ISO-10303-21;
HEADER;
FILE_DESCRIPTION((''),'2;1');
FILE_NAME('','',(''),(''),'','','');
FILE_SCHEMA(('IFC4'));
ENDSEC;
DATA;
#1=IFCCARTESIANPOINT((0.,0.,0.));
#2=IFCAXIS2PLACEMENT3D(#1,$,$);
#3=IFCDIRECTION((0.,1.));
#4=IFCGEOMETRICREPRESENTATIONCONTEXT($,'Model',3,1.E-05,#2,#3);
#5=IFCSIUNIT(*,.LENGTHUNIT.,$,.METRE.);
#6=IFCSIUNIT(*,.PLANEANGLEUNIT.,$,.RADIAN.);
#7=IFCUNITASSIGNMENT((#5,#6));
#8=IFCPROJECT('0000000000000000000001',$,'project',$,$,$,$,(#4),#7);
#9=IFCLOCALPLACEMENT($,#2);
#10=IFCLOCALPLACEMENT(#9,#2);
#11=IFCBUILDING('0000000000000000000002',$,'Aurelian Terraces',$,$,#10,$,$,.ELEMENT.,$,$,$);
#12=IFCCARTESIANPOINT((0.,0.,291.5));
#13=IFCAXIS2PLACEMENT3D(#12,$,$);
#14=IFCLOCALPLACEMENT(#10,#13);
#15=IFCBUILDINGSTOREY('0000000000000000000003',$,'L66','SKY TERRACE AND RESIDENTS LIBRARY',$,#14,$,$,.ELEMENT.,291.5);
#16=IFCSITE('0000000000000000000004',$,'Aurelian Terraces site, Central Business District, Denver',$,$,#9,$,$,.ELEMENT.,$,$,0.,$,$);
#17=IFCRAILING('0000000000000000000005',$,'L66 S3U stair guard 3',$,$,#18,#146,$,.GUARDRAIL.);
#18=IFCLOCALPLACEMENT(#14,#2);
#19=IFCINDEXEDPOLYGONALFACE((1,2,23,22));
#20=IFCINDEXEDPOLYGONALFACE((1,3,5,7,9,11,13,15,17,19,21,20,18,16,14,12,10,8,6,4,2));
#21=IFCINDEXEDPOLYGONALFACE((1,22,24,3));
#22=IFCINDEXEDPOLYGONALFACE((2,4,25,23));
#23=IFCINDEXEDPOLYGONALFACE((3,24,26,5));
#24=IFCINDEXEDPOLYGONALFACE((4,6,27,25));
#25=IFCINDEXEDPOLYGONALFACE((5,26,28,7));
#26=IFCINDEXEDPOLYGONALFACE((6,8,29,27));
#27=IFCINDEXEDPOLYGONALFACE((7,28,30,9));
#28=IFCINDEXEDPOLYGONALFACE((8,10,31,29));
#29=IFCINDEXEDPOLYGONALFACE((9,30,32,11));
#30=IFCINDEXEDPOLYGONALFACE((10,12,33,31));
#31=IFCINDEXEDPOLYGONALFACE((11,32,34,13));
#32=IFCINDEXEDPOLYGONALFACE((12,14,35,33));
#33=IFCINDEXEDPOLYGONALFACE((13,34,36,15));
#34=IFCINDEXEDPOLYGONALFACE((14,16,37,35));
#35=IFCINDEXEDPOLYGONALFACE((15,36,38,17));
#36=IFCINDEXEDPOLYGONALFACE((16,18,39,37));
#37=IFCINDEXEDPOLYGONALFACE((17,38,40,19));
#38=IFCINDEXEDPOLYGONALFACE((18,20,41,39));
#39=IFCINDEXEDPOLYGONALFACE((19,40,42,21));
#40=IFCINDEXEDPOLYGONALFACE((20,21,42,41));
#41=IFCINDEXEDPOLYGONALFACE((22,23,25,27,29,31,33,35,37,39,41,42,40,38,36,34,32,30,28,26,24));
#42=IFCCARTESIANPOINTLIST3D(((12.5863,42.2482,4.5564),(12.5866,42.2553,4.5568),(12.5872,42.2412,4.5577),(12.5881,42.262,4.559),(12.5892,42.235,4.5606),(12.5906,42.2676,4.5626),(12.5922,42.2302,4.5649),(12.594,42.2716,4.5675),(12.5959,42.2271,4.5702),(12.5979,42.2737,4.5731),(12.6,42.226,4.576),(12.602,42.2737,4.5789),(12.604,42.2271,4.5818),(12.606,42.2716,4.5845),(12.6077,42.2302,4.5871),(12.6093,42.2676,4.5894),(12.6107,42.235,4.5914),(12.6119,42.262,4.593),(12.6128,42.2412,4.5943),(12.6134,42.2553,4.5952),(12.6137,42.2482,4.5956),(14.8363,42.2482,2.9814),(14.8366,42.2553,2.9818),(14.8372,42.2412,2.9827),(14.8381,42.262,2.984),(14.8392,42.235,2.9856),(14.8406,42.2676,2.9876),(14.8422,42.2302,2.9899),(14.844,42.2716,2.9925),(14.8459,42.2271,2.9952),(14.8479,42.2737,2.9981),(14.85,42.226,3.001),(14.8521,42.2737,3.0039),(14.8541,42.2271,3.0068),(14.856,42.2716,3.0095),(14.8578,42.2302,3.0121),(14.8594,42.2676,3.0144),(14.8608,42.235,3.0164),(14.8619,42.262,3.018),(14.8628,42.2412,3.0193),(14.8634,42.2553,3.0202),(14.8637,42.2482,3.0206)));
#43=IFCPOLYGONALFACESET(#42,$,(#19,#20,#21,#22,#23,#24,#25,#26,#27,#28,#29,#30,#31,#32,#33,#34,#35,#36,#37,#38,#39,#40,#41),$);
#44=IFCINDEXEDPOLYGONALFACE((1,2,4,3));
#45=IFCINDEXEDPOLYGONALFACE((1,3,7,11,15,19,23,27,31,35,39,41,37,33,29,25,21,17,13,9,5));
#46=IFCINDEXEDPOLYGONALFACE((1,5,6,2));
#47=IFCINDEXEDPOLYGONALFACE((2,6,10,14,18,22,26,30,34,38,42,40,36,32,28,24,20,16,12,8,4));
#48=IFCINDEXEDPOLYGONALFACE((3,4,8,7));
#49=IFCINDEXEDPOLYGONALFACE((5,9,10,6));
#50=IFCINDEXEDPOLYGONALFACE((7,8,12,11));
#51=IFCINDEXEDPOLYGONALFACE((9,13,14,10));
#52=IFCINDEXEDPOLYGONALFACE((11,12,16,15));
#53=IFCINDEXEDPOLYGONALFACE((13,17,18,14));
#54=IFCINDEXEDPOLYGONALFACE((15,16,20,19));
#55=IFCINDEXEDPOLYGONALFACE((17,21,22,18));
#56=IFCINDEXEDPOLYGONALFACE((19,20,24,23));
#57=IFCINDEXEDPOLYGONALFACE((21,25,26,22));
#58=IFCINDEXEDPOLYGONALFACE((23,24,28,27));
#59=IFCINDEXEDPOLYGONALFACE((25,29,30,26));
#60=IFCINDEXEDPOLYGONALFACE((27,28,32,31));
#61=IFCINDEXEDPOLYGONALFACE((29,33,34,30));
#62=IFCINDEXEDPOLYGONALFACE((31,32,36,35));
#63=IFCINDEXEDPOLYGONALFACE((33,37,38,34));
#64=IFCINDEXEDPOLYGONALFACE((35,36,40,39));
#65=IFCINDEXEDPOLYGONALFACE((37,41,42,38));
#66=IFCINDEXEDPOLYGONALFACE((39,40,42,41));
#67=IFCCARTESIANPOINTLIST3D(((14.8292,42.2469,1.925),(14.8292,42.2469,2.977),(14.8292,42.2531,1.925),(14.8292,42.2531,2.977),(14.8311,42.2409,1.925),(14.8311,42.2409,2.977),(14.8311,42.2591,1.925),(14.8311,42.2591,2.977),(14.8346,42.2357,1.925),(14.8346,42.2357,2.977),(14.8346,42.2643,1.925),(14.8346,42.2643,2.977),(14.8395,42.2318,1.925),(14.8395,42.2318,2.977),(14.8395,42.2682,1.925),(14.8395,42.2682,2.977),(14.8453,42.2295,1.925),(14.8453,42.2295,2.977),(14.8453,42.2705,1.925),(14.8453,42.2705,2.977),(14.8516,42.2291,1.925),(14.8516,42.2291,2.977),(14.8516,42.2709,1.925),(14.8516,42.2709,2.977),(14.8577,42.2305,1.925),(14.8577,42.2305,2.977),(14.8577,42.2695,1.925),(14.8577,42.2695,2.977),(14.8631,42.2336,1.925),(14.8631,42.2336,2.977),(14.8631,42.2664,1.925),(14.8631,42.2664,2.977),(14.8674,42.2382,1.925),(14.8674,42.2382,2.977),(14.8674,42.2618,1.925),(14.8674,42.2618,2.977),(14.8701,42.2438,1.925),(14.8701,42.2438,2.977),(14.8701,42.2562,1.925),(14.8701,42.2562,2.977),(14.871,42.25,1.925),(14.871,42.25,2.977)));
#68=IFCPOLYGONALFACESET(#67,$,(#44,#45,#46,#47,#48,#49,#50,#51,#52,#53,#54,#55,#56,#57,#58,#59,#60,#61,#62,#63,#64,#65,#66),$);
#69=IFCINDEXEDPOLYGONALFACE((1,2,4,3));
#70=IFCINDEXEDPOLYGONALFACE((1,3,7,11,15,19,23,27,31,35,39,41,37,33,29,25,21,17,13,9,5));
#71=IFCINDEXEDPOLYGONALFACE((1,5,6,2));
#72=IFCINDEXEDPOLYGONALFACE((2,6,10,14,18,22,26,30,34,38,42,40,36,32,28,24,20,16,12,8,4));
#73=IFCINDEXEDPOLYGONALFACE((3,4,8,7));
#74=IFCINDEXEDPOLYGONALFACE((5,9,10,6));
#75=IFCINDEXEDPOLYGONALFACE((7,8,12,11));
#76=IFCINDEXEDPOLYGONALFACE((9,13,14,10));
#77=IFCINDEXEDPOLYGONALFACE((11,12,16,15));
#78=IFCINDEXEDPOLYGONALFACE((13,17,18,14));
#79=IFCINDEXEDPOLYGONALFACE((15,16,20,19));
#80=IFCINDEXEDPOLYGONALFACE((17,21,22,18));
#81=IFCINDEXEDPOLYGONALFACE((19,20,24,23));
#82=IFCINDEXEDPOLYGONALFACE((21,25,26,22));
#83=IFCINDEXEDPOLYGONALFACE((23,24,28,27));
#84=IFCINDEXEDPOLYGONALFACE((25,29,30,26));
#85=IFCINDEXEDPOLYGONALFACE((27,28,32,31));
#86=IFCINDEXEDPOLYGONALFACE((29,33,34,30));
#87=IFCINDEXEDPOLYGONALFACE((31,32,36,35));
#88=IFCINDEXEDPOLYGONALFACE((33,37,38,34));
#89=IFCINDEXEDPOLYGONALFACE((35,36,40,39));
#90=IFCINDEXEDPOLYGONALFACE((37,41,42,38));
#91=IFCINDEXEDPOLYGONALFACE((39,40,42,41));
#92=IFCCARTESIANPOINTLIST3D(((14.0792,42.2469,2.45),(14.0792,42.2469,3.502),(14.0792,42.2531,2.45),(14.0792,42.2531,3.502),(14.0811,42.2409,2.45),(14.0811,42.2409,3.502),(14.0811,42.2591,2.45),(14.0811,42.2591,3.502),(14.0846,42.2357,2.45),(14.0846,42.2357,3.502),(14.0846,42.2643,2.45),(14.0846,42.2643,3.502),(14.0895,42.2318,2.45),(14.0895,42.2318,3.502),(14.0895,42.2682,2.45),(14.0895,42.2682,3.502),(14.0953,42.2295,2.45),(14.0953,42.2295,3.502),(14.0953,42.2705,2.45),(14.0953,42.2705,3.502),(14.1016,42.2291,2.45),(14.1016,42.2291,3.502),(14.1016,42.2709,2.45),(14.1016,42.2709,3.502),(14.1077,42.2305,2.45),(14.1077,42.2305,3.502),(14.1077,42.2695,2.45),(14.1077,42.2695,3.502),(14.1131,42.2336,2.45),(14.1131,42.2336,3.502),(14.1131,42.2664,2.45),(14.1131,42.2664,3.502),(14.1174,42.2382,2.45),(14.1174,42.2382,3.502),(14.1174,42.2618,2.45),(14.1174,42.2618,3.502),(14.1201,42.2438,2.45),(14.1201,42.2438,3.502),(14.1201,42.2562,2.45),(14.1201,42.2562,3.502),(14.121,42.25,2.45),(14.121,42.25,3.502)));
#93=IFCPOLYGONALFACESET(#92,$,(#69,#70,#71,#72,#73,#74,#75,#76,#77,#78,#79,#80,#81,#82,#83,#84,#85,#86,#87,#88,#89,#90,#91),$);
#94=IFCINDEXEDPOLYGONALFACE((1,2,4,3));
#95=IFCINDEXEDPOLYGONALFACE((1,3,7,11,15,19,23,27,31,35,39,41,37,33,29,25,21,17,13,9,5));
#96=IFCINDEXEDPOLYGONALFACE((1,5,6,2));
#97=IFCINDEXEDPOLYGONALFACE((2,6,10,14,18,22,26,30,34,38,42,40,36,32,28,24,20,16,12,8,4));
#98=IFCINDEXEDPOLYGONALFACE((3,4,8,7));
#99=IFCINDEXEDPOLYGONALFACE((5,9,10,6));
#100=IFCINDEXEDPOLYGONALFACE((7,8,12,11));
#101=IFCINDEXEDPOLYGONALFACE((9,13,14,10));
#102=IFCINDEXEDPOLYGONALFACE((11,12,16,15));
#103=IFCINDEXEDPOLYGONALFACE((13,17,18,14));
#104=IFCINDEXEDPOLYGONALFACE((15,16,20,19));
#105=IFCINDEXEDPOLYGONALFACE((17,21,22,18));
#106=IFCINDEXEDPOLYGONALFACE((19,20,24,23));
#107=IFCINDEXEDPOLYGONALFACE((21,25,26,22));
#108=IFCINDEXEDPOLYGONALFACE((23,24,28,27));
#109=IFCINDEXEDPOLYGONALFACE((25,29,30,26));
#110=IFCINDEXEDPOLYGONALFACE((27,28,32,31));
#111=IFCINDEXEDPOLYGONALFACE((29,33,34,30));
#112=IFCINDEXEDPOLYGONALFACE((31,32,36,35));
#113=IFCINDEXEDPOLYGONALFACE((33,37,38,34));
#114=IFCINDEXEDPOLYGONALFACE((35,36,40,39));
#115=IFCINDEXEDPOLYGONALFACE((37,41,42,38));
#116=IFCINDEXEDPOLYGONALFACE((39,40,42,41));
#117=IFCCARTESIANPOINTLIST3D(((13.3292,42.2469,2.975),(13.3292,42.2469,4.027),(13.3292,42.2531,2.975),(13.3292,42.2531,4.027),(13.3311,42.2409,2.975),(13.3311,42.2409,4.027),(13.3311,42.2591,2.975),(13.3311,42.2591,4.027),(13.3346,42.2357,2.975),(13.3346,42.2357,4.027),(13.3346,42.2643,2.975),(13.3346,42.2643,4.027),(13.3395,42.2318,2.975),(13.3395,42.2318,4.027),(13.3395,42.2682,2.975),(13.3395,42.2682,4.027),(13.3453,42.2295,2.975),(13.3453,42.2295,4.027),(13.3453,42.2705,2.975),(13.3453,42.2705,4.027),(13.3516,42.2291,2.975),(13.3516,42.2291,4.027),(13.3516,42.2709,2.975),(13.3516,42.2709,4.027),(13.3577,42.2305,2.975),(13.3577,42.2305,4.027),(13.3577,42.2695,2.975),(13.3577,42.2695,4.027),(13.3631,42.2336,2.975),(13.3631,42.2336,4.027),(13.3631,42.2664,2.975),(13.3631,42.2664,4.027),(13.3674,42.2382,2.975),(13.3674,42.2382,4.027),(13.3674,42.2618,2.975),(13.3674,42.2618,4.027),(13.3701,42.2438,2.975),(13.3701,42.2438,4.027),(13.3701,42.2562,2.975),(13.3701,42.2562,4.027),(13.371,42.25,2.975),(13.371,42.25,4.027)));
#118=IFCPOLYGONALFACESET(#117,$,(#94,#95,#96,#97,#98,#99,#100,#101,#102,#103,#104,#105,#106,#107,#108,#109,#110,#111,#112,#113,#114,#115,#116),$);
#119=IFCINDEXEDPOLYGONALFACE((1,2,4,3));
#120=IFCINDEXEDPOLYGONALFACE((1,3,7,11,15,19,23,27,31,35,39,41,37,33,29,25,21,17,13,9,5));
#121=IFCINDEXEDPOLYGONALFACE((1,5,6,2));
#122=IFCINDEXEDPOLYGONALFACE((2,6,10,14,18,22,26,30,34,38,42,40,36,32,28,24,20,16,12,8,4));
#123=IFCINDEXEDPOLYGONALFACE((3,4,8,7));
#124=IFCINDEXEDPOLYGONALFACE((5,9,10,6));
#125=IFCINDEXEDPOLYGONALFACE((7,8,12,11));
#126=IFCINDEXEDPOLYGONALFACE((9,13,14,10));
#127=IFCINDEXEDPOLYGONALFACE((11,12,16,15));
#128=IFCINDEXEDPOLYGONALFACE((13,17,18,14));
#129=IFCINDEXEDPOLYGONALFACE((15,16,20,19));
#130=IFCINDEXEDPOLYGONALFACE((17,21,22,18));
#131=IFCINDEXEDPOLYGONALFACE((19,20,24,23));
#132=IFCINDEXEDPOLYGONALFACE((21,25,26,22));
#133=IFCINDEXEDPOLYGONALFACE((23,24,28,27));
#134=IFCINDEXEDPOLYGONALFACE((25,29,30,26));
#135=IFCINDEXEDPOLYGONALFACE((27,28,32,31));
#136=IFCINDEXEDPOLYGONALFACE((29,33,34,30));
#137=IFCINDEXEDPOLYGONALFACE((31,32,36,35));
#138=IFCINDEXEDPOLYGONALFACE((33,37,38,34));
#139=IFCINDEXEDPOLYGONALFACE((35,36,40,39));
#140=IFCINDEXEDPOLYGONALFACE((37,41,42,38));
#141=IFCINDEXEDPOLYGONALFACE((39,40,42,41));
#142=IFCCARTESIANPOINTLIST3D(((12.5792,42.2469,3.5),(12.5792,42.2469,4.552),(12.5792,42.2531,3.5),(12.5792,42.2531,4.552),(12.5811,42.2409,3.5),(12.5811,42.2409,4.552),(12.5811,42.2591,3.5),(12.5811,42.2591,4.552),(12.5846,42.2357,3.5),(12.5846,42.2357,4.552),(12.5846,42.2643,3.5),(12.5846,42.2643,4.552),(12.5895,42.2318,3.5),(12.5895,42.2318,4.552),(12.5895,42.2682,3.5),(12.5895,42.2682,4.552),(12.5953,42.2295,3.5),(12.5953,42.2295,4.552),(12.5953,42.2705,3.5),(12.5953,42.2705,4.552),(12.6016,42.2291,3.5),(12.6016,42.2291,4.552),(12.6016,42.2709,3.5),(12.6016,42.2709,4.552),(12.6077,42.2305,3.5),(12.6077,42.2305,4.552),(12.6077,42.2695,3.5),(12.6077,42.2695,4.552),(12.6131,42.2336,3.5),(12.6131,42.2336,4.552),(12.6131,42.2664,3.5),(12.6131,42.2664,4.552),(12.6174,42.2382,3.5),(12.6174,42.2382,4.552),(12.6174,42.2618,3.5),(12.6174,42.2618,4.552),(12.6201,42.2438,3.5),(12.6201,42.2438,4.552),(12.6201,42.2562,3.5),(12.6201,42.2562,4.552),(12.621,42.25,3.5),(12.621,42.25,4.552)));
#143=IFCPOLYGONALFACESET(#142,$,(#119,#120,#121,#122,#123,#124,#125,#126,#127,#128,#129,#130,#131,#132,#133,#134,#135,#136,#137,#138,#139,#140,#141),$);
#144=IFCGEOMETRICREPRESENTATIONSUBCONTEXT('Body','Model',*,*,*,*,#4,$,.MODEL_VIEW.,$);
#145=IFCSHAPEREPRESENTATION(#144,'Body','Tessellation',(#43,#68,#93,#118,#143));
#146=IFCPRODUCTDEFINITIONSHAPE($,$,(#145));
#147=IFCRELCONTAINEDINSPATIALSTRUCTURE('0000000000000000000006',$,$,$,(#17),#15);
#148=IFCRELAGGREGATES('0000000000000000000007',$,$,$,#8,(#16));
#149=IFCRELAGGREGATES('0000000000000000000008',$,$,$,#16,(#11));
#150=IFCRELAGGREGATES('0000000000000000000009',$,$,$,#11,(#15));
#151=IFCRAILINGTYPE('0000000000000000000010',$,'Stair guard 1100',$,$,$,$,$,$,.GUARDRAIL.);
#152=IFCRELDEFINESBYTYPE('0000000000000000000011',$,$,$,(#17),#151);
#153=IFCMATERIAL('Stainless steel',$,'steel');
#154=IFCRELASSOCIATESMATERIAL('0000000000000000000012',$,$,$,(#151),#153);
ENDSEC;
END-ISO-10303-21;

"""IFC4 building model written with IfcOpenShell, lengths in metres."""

from ifc_helpers import new_model, si_unit, direction, frame, origin, origin_2d, place, context, subcontext, project, spatial, circle, extrude, source, transform, mapped, material, type_object, element, save


model = new_model("IFC4")

# Units and contexts
model_context = context("Model", 3, precision=1e-05, world=origin(), true_north=direction((0.0, 1.0)))
body_context = subcontext(model_context, "Body", "Model", "MODEL_VIEW")
ifc_project = project(units=[si_unit("LENGTHUNIT", "METRE"), si_unit("PLANEANGLEUNIT", "RADIAN")], contexts=[model_context])

# Site, building, storey
site_placement = place(None, origin())
site = spatial("IfcSite", under=ifc_project, at=site_placement, Name="Aurelian Terraces site, Central Business District, Denver", CompositionType="ELEMENT", RefElevation=0.0)
building_placement = place(site_placement, origin())
building = spatial("IfcBuilding", under=site, at=building_placement, Name="Aurelian Terraces", CompositionType="ELEMENT")
storey_placement = place(building_placement, frame((0.0, 0.0, 291.5)))
storey = spatial("IfcBuildingStorey", under=building, at=storey_placement, Name="L66", Description="SKY TERRACE AND RESIDENTS LIBRARY", CompositionType="ELEMENT", Elevation=291.5)

# Railing
ifc_material_1 = material(Name="Stainless steel", Category="steel")
railing_type_1 = type_object("IfcRailingType", Name="Stair guard 1100", PredefinedType="GUARDRAIL", material=ifc_material_1)
shared_shape_1 = source(origin(), body_context, "Body", "SweptSolid", [
    extrude(circle(Radius=0.024, at=origin_2d()), frame((0.0, 0.0, 1.076), z_axis=(-0.819232, 0.0, 0.573462), x_axis=(0.0, -1.0, 0.0)), (0.0, 0.0, 1.0), 2.7465),
    extrude(circle(Radius=0.021, at=origin_2d()), origin(), (0.0, 0.0, 1.0), 1.052),
    extrude(circle(Radius=0.021, at=origin_2d()), frame((-0.75, 0.0, 0.525)), (0.0, 0.0, 1.0), 1.052),
    extrude(circle(Radius=0.021, at=origin_2d()), frame((-1.5, 0.0, 1.05)), (0.0, 0.0, 1.0), 1.052),
    extrude(circle(Radius=0.021, at=origin_2d()), frame((-2.25, 0.0, 1.575)), (0.0, 0.0, 1.0), 1.052),
])
railing_1_placement = place(storey_placement, frame((14.85, 42.25, 1.925)))
element("IfcRailing", 1, at=railing_1_placement, inside=storey, type_object=railing_type_1, Name="L66 S3U stair guard 3", PredefinedType="GUARDRAIL", context=body_context, shape_type="MappedRepresentation", body=[
    mapped(shared_shape_1, transform((0.0, 0.0, 0.0), scale=1.0)),
])

save(model, "model.ifc")
